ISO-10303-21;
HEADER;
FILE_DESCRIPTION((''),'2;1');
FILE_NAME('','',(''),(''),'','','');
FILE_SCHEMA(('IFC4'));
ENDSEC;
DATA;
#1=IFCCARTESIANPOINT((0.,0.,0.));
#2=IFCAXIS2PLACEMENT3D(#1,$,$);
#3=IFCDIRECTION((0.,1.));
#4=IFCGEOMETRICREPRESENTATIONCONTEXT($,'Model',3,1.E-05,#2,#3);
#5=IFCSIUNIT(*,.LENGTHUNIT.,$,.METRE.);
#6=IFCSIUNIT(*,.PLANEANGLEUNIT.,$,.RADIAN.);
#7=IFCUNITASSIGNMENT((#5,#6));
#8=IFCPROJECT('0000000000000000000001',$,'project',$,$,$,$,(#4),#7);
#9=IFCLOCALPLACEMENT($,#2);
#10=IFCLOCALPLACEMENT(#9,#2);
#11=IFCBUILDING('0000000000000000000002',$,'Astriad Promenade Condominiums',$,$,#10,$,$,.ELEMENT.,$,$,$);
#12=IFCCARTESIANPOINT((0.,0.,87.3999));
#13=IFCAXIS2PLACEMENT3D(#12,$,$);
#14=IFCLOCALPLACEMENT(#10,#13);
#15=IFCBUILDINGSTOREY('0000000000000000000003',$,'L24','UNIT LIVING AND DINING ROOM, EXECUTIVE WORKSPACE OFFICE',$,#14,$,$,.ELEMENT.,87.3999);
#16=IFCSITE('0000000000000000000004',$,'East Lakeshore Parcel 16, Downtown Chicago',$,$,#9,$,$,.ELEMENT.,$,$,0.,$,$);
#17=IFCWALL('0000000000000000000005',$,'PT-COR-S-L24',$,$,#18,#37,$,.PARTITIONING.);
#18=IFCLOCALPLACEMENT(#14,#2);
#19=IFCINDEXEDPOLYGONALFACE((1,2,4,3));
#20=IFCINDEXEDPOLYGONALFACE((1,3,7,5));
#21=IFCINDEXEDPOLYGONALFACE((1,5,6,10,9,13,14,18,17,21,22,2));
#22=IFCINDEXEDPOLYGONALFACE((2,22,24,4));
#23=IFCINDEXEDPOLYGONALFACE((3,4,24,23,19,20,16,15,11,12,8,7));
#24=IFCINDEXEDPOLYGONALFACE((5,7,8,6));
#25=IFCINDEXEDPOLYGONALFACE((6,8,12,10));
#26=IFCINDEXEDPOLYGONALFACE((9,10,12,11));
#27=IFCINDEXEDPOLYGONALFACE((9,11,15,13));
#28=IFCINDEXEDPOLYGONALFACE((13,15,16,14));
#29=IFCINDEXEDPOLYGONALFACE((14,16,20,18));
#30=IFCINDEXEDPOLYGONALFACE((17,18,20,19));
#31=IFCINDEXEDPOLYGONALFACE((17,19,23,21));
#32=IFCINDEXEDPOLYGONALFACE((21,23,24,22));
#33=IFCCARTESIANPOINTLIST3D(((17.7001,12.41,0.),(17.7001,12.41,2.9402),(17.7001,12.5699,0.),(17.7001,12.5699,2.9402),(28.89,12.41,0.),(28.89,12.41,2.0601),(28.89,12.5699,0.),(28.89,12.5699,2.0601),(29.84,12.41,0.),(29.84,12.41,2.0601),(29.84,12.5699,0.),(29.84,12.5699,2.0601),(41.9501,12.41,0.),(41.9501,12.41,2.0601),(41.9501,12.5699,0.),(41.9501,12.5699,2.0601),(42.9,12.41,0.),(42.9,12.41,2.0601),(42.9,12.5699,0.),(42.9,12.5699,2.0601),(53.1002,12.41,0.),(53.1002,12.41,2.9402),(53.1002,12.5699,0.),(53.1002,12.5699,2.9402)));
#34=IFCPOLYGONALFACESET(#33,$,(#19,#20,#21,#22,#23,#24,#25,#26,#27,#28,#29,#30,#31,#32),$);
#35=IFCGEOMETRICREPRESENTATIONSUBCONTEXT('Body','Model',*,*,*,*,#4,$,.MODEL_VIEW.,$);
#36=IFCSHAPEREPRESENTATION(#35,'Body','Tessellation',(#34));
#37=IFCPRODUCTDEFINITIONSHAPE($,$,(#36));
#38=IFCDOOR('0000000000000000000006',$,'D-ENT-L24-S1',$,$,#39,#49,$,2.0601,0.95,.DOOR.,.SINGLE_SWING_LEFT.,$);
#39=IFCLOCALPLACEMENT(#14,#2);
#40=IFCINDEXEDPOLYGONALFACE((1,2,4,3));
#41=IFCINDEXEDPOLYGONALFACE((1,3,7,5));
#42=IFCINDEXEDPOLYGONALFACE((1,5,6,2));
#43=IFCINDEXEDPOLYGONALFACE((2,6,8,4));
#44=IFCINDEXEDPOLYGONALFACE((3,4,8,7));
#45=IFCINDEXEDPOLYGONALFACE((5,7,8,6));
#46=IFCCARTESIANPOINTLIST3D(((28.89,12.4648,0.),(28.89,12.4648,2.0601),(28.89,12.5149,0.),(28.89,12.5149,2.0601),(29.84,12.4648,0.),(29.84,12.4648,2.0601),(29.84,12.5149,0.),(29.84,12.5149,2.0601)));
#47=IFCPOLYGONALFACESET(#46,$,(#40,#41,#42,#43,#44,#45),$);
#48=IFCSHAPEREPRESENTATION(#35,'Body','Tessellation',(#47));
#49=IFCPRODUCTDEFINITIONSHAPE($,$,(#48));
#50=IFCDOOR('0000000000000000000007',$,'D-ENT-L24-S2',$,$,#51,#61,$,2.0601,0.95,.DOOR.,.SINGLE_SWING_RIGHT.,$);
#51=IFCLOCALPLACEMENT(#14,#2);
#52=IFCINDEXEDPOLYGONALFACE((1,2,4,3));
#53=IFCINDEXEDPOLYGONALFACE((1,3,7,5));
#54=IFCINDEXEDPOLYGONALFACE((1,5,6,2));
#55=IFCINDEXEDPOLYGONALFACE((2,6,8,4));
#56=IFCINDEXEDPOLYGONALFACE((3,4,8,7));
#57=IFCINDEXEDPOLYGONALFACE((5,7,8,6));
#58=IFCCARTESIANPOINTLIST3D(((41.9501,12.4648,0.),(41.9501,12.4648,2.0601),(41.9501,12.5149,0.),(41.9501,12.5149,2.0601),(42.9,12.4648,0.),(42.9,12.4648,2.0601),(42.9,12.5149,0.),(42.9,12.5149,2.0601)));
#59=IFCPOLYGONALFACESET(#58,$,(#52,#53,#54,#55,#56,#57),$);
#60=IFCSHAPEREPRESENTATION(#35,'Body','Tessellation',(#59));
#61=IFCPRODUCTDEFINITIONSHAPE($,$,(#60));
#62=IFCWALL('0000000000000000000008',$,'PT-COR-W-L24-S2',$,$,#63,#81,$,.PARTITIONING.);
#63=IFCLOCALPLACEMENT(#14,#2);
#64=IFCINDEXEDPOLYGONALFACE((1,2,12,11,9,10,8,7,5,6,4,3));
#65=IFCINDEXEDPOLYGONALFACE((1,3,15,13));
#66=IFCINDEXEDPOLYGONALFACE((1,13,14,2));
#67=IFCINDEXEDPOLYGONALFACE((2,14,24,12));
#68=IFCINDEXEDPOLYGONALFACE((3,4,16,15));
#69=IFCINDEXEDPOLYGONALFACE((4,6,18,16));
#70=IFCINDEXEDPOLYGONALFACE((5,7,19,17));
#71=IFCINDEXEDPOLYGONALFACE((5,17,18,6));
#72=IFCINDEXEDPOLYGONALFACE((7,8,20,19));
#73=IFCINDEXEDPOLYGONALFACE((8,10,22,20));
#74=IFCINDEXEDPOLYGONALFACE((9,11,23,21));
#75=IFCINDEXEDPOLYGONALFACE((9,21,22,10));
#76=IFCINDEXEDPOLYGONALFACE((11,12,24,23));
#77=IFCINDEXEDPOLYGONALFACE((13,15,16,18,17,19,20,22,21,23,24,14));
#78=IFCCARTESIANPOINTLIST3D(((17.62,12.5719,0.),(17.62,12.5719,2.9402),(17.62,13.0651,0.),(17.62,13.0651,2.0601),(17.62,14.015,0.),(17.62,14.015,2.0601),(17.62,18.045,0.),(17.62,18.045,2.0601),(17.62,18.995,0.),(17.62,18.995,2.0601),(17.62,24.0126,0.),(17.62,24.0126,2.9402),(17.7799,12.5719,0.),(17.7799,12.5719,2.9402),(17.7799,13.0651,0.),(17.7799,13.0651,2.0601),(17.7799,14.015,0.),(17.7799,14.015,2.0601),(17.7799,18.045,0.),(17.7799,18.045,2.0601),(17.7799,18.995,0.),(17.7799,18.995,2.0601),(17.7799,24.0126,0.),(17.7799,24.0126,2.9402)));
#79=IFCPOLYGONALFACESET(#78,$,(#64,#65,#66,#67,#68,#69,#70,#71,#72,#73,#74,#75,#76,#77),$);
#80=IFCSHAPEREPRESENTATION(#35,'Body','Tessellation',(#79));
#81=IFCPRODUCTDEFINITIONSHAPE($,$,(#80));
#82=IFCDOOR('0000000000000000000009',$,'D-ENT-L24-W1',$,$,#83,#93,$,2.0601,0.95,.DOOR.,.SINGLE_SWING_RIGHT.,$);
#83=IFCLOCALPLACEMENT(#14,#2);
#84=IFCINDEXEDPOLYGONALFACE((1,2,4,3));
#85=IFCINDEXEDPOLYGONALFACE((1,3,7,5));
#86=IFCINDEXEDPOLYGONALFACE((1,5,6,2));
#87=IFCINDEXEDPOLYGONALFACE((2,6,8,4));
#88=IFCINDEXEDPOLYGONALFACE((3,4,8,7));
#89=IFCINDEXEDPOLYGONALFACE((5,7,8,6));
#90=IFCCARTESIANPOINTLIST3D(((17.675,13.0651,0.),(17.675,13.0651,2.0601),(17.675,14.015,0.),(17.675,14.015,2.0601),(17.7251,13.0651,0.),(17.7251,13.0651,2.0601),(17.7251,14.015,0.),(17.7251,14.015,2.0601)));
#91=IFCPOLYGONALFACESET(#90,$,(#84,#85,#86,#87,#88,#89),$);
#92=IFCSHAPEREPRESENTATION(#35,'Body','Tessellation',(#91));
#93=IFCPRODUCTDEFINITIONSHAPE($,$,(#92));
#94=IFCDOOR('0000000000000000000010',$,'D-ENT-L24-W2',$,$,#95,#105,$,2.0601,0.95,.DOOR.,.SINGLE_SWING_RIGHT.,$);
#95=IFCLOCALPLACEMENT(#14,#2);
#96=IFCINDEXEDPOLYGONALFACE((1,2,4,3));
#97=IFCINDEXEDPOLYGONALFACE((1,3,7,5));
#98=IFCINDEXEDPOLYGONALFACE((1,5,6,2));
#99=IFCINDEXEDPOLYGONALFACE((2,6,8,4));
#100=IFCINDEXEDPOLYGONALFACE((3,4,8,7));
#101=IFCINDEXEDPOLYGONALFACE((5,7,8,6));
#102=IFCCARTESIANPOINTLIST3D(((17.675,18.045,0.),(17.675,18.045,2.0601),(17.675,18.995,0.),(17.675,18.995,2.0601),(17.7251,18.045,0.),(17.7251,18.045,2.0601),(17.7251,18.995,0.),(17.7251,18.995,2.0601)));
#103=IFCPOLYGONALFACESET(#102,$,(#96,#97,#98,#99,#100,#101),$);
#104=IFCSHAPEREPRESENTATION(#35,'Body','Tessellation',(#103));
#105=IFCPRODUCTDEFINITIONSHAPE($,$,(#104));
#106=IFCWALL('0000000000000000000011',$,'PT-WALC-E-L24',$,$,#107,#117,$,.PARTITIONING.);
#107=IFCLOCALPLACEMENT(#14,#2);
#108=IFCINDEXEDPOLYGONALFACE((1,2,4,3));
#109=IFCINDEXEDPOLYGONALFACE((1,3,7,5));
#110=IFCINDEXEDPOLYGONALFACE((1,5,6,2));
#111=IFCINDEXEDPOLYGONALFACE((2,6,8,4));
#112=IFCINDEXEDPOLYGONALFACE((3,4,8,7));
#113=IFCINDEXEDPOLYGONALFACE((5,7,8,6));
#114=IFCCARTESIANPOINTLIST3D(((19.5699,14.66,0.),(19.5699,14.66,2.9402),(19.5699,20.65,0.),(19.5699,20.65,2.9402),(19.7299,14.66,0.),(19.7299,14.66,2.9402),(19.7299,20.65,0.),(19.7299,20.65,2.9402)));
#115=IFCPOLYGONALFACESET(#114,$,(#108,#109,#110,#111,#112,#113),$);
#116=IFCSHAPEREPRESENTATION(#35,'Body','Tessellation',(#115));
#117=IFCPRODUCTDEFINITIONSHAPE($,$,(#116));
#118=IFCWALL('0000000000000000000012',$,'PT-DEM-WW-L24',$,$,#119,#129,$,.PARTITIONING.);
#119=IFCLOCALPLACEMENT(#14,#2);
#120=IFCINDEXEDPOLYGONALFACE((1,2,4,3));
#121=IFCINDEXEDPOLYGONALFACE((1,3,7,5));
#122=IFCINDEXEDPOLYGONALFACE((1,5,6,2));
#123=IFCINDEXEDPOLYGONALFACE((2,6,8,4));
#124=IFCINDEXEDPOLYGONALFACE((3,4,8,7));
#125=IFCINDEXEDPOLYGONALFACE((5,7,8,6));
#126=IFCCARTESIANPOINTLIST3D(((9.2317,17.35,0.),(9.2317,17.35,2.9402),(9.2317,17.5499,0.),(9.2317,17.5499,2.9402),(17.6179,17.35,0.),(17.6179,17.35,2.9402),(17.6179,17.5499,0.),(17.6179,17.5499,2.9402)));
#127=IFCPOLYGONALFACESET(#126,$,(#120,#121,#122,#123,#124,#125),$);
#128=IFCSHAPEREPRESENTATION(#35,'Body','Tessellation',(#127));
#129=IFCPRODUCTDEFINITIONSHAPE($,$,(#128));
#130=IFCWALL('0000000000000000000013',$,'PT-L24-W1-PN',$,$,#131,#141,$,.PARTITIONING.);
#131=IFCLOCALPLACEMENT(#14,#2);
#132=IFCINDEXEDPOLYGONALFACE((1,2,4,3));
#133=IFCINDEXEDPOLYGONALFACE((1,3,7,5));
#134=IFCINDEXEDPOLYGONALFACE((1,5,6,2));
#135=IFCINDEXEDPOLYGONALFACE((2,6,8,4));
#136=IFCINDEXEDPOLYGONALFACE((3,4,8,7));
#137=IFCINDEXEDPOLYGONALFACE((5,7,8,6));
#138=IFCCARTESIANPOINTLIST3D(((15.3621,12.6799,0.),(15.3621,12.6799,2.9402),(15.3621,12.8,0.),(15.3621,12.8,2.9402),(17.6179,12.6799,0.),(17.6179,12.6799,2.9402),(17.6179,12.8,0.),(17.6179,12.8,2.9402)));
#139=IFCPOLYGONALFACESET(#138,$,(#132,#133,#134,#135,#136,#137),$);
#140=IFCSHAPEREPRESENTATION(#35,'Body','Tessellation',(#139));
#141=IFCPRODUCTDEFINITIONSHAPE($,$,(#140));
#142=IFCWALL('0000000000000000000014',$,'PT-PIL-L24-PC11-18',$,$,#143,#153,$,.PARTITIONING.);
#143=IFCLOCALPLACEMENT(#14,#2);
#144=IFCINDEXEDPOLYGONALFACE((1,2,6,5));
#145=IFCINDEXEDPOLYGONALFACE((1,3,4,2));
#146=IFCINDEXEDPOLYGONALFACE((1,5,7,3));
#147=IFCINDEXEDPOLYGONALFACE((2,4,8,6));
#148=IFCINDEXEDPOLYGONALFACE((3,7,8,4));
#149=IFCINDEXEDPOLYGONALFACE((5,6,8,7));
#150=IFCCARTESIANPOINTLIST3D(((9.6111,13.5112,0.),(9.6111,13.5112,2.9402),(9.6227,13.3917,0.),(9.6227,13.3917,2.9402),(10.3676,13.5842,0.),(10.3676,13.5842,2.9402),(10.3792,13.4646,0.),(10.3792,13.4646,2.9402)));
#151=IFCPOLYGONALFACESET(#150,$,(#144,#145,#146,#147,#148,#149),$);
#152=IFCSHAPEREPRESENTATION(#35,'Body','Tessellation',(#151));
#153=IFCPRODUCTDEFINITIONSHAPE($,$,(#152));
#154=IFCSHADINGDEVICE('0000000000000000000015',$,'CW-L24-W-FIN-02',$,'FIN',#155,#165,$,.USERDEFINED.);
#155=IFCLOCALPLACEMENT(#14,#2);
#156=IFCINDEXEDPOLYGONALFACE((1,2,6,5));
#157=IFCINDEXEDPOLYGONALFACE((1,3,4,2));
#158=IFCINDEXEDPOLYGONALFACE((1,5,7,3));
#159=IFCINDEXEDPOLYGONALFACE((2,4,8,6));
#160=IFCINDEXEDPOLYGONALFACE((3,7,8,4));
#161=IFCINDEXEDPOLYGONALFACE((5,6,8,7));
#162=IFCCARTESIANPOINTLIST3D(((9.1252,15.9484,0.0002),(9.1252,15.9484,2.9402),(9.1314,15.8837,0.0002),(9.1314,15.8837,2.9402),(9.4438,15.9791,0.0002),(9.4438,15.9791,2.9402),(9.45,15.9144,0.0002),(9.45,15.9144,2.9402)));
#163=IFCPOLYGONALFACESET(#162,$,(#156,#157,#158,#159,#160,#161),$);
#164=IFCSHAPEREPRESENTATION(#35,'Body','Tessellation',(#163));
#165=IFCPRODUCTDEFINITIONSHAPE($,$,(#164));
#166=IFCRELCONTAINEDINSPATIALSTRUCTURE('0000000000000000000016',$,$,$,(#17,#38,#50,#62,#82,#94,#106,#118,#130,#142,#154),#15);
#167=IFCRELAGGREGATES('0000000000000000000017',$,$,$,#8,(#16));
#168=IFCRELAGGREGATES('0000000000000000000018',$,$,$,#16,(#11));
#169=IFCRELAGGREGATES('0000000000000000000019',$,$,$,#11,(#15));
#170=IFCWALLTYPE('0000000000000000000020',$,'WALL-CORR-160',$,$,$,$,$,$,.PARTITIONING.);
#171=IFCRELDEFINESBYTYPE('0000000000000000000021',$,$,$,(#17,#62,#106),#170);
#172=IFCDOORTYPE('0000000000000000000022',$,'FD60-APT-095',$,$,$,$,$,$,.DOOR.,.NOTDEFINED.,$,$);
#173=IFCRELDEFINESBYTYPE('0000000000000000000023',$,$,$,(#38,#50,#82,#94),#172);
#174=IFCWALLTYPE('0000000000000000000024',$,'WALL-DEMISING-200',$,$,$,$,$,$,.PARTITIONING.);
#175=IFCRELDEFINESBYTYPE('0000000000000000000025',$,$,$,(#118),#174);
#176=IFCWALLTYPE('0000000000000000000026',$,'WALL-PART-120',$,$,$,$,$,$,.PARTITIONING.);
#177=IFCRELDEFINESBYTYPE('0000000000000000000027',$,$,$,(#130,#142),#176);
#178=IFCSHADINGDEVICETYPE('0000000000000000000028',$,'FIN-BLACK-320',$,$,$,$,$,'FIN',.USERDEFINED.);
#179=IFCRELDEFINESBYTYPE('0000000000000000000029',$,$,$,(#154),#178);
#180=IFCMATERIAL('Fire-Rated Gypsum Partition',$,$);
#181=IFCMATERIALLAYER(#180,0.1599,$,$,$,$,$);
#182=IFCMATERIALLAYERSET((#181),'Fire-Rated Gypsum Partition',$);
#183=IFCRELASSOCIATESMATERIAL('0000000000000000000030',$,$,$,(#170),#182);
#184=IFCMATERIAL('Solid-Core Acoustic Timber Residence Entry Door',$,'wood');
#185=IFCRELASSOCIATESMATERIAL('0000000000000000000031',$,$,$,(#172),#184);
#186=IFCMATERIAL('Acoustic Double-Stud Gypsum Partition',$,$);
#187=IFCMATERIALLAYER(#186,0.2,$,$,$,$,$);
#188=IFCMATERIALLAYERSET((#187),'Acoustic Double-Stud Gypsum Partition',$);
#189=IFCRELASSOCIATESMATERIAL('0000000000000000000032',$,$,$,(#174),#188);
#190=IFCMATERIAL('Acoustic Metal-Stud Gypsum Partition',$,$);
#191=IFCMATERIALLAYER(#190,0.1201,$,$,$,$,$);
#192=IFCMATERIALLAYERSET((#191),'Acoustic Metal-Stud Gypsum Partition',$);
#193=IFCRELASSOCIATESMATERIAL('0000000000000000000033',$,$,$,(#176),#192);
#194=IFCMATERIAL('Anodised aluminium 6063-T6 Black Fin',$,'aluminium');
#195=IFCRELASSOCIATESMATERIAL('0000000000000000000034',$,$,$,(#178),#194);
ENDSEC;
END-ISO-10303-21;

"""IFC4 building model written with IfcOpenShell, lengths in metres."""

from ifc_helpers import new_model, si_unit, direction, frame, frame_2d, origin, origin_2d, place, context, subcontext, project, spatial, rectangle, extrude, source, transform, mapped, material, layer, layer_set, type_object, type_shapes, element, fill, save


model = new_model("IFC4")

# Units and contexts
model_context = context("Model", 3, precision=1e-05, world=origin(), true_north=direction((0.0, 1.0)))
body_context = subcontext(model_context, "Body", "Model", "MODEL_VIEW")
ifc_project = project(units=[si_unit("LENGTHUNIT", "METRE"), si_unit("PLANEANGLEUNIT", "RADIAN")], contexts=[model_context])

# Site, building, storey
site_placement = place(None, origin())
site = spatial("IfcSite", under=ifc_project, at=site_placement, Name="East Lakeshore Parcel 16, Downtown Chicago", CompositionType="ELEMENT", RefElevation=0.0)
building_placement = place(site_placement, origin())
building = spatial("IfcBuilding", under=site, at=building_placement, Name="Astriad Promenade Condominiums", CompositionType="ELEMENT")
storey_placement = place(building_placement, frame((0.0, 0.0, 87.3999)))
storey = spatial("IfcBuildingStorey", under=building, at=storey_placement, Name="L24", Description="UNIT LIVING AND DINING ROOM, EXECUTIVE WORKSPACE OFFICE", CompositionType="ELEMENT", Elevation=87.3999)

# Walls, openings, doors
ifc_material_1 = material(Name="Fire-Rated Gypsum Partition")
ifc_layer_1 = layer(ifc_material_1, 0.1599)
ifc_layer_set_1 = layer_set([ifc_layer_1], Name="Fire-Rated Gypsum Partition")
wall_type_1 = type_object("IfcWallType", Name="WALL-CORR-160", PredefinedType="PARTITIONING", material=ifc_layer_set_1)
wall_1_placement = place(storey_placement, frame((17.7, 12.49, 0.0), z_axis=(0.0, 0.0, 1.0), x_axis=(1.0, 0.0, 0.0)))
wall_1 = element("IfcWall", 1, at=wall_1_placement, inside=storey, type_object=wall_type_1, Name="PT-COR-S-L24", PredefinedType="PARTITIONING", context=body_context, shape_type="SweptSolid", body=[
    extrude(rectangle(XDim=35.4001, YDim=0.1599, at=frame_2d((17.7002, 0.0))), origin(), (0.0, 0.0, 1.0), 2.9402),
])
opening_1_placement = place(wall_1_placement, frame((11.1899, 0.0, 0.0)))
opening_1 = element("IfcOpeningElement", 2, at=opening_1_placement, cuts=wall_1, PredefinedType="OPENING", context=body_context, shape_type="SweptSolid", body=[
    extrude(rectangle(XDim=0.95, YDim=2.0601, at=frame_2d((0.4751, 1.03))), frame((0.0, 0.0898, 0.0), z_axis=(0.0, -1.0, 0.0), x_axis=(1.0, 0.0, 0.0)), (0.0, 0.0, 1.0), 0.1799),
])
opening_2_placement = place(wall_1_placement, frame((24.25, 0.0, 0.0)))
opening_2 = element("IfcOpeningElement", 3, at=opening_2_placement, cuts=wall_1, PredefinedType="OPENING", context=body_context, shape_type="SweptSolid", body=[
    extrude(rectangle(XDim=0.95, YDim=2.0601, at=frame_2d((0.4751, 1.03))), frame((0.0, 0.0898, 0.0), z_axis=(0.0, -1.0, 0.0), x_axis=(1.0, 0.0, 0.0)), (0.0, 0.0, 1.0), 0.1799),
])
ifc_material_2 = material(Name="Solid-Core Acoustic Timber Residence Entry Door", Category="wood")
door_type = type_object("IfcDoorType", Name="FD60-APT-095", OperationType="NOTDEFINED", PredefinedType="DOOR", material=ifc_material_2)
shared_shape_1 = source(origin(), body_context, "Body", "SweptSolid", [
    extrude(rectangle(XDim=0.95, YDim=2.0601, at=frame_2d((0.4751, 1.03))), frame((0.0, 0.0249, 0.0), z_axis=(0.0, -1.0, 0.0), x_axis=(1.0, 0.0, 0.0)), (0.0, 0.0, 1.0), 0.05),
])
type_shapes(door_type, [shared_shape_1])
door_1_placement = place(opening_1_placement, origin())
door_1 = element("IfcDoor", 4, at=door_1_placement, inside=storey, type_object=door_type, Name="D-ENT-L24-S1", OperationType="SINGLE_SWING_LEFT", OverallHeight=2.0601, OverallWidth=0.95, PredefinedType="DOOR", context=body_context, shape_type="MappedRepresentation", body=[
    mapped(shared_shape_1, transform((0.0, 0.0, 0.0), scale=1.0)),
])
fill(opening_1, door_1)
door_2_placement = place(opening_2_placement, origin())
door_2 = element("IfcDoor", 5, at=door_2_placement, inside=storey, type_object=door_type, Name="D-ENT-L24-S2", OperationType="SINGLE_SWING_RIGHT", OverallHeight=2.0601, OverallWidth=0.95, PredefinedType="DOOR", context=body_context, shape_type="MappedRepresentation", body=[
    mapped(shared_shape_1, transform((0.0, 0.0, 0.0), scale=1.0)),
])
fill(opening_2, door_2)
wall_2_placement = place(storey_placement, frame((17.7, 12.572, 0.0), z_axis=(0.0, 0.0, 1.0), x_axis=(0.0, 1.0, 0.0)))
wall_2 = element("IfcWall", 6, at=wall_2_placement, inside=storey, type_object=wall_type_1, Name="PT-COR-W-L24-S2", PredefinedType="PARTITIONING", context=body_context, shape_type="SweptSolid", body=[
    extrude(rectangle(XDim=11.4407, YDim=0.1599, at=frame_2d((5.7202, 0.0))), origin(), (0.0, 0.0, 1.0), 2.9402),
])
opening_3_placement = place(wall_2_placement, frame((0.4929, 0.0, 0.0)))
opening_3 = element("IfcOpeningElement", 7, at=opening_3_placement, cuts=wall_2, PredefinedType="OPENING", context=body_context, shape_type="SweptSolid", body=[
    extrude(rectangle(XDim=0.95, YDim=2.0601, at=frame_2d((0.4751, 1.03))), frame((0.0, 0.0898, 0.0), z_axis=(0.0, -1.0, 0.0), x_axis=(1.0, 0.0, 0.0)), (0.0, 0.0, 1.0), 0.1799),
])
opening_4_placement = place(wall_2_placement, frame((5.4729, 0.0, 0.0)))
opening_4 = element("IfcOpeningElement", 8, at=opening_4_placement, cuts=wall_2, PredefinedType="OPENING", context=body_context, shape_type="SweptSolid", body=[
    extrude(rectangle(XDim=0.95, YDim=2.0601, at=frame_2d((0.4751, 1.03))), frame((0.0, 0.0898, 0.0), z_axis=(0.0, -1.0, 0.0), x_axis=(1.0, 0.0, 0.0)), (0.0, 0.0, 1.0), 0.1799),
])
door_3_placement = place(opening_3_placement, origin())
door_3 = element("IfcDoor", 9, at=door_3_placement, inside=storey, type_object=door_type, Name="D-ENT-L24-W1", OperationType="SINGLE_SWING_RIGHT", OverallHeight=2.0601, OverallWidth=0.95, PredefinedType="DOOR", context=body_context, shape_type="MappedRepresentation", body=[
    mapped(shared_shape_1, transform((0.0, 0.0, 0.0), scale=1.0)),
])
fill(opening_3, door_3)
door_4_placement = place(opening_4_placement, origin())
door_4 = element("IfcDoor", 10, at=door_4_placement, inside=storey, type_object=door_type, Name="D-ENT-L24-W2", OperationType="SINGLE_SWING_RIGHT", OverallHeight=2.0601, OverallWidth=0.95, PredefinedType="DOOR", context=body_context, shape_type="MappedRepresentation", body=[
    mapped(shared_shape_1, transform((0.0, 0.0, 0.0), scale=1.0)),
])
fill(opening_4, door_4)

# Walls
wall_3_placement = place(storey_placement, frame((19.6499, 14.6599, 0.0), z_axis=(0.0, 0.0, 1.0), x_axis=(0.0, 1.0, 0.0)))
element("IfcWall", 11, at=wall_3_placement, inside=storey, type_object=wall_type_1, Name="PT-WALC-E-L24", PredefinedType="PARTITIONING", context=body_context, shape_type="SweptSolid", body=[
    extrude(rectangle(XDim=5.99, YDim=0.1599, at=frame_2d((2.9951, 0.0))), origin(), (0.0, 0.0, 1.0), 2.9402),
])
ifc_material_3 = material(Name="Acoustic Double-Stud Gypsum Partition")
ifc_layer_2 = layer(ifc_material_3, 0.2)
ifc_layer_set_2 = layer_set([ifc_layer_2], Name="Acoustic Double-Stud Gypsum Partition")
wall_type_2 = type_object("IfcWallType", Name="WALL-DEMISING-200", PredefinedType="PARTITIONING", material=ifc_layer_set_2)
wall_4_placement = place(storey_placement, frame((9.2317, 17.45, 0.0), z_axis=(0.0, 0.0, 1.0), x_axis=(1.0, 0.0, 0.0)))
element("IfcWall", 12, at=wall_4_placement, inside=storey, type_object=wall_type_2, Name="PT-DEM-WW-L24", PredefinedType="PARTITIONING", context=body_context, shape_type="SweptSolid", body=[
    extrude(rectangle(XDim=8.3862, YDim=0.2, at=frame_2d((4.1931, 0.0))), origin(), (0.0, 0.0, 1.0), 2.9402),
])
ifc_material_4 = material(Name="Acoustic Metal-Stud Gypsum Partition")
ifc_layer_3 = layer(ifc_material_4, 0.1201)
ifc_layer_set_3 = layer_set([ifc_layer_3], Name="Acoustic Metal-Stud Gypsum Partition")
wall_type_3 = type_object("IfcWallType", Name="WALL-PART-120", PredefinedType="PARTITIONING", material=ifc_layer_set_3)
wall_5_placement = place(storey_placement, frame((15.3621, 12.74, 0.0), z_axis=(0.0, 0.0, 1.0), x_axis=(1.0, 0.0, 0.0)))
element("IfcWall", 13, at=wall_5_placement, inside=storey, type_object=wall_type_3, Name="PT-L24-W1-PN", PredefinedType="PARTITIONING", context=body_context, shape_type="SweptSolid", body=[
    extrude(rectangle(XDim=2.2559, YDim=0.1201, at=frame_2d((1.1279, 0.0))), origin(), (0.0, 0.0, 1.0), 2.9402),
])
wall_6_placement = place(storey_placement, frame((10.3733, 13.5244, 0.0), z_axis=(0.0, 0.0, 1.0), x_axis=(-0.995378, -0.096037, 0.0)))
element("IfcWall", 14, at=wall_6_placement, inside=storey, type_object=wall_type_3, Name="PT-PIL-L24-PC11-18", PredefinedType="PARTITIONING", context=body_context, shape_type="SweptSolid", body=[
    extrude(rectangle(XDim=0.76, YDim=0.1201, at=frame_2d((0.3799, 0.0))), origin(), (0.0, 0.0, 1.0), 2.9402),
])

# Shading device
ifc_material_5 = material(Name="Anodised aluminium 6063-T6 Black Fin", Category="aluminium")
shading_device_type = type_object("IfcShadingDeviceType", Name="FIN-BLACK-320", ElementType="FIN", PredefinedType="USERDEFINED", material=ifc_material_5)
shared_shape_2 = source(origin(), body_context, "Body", "SweptSolid", [
    extrude(rectangle(XDim=0.0649, YDim=0.3201, at=origin_2d()), origin(), (0.0, 0.0, 1.0), 2.9399),
])
type_shapes(shading_device_type, [shared_shape_2])
shading_device_placement = place(storey_placement, frame((9.2876, 15.9314, 0.0002), z_axis=(0.0, 0.0, 1.0), x_axis=(-0.095846, 0.995396, 0.0)))
element("IfcShadingDevice", 15, at=shading_device_placement, inside=storey, type_object=shading_device_type, Name="CW-L24-W-FIN-02", ObjectType="FIN", PredefinedType="USERDEFINED", context=body_context, shape_type="MappedRepresentation", body=[
    mapped(shared_shape_2, transform((0.0, 0.0, 0.0), scale=1.0)),
])

save(model, "model.ifc")
